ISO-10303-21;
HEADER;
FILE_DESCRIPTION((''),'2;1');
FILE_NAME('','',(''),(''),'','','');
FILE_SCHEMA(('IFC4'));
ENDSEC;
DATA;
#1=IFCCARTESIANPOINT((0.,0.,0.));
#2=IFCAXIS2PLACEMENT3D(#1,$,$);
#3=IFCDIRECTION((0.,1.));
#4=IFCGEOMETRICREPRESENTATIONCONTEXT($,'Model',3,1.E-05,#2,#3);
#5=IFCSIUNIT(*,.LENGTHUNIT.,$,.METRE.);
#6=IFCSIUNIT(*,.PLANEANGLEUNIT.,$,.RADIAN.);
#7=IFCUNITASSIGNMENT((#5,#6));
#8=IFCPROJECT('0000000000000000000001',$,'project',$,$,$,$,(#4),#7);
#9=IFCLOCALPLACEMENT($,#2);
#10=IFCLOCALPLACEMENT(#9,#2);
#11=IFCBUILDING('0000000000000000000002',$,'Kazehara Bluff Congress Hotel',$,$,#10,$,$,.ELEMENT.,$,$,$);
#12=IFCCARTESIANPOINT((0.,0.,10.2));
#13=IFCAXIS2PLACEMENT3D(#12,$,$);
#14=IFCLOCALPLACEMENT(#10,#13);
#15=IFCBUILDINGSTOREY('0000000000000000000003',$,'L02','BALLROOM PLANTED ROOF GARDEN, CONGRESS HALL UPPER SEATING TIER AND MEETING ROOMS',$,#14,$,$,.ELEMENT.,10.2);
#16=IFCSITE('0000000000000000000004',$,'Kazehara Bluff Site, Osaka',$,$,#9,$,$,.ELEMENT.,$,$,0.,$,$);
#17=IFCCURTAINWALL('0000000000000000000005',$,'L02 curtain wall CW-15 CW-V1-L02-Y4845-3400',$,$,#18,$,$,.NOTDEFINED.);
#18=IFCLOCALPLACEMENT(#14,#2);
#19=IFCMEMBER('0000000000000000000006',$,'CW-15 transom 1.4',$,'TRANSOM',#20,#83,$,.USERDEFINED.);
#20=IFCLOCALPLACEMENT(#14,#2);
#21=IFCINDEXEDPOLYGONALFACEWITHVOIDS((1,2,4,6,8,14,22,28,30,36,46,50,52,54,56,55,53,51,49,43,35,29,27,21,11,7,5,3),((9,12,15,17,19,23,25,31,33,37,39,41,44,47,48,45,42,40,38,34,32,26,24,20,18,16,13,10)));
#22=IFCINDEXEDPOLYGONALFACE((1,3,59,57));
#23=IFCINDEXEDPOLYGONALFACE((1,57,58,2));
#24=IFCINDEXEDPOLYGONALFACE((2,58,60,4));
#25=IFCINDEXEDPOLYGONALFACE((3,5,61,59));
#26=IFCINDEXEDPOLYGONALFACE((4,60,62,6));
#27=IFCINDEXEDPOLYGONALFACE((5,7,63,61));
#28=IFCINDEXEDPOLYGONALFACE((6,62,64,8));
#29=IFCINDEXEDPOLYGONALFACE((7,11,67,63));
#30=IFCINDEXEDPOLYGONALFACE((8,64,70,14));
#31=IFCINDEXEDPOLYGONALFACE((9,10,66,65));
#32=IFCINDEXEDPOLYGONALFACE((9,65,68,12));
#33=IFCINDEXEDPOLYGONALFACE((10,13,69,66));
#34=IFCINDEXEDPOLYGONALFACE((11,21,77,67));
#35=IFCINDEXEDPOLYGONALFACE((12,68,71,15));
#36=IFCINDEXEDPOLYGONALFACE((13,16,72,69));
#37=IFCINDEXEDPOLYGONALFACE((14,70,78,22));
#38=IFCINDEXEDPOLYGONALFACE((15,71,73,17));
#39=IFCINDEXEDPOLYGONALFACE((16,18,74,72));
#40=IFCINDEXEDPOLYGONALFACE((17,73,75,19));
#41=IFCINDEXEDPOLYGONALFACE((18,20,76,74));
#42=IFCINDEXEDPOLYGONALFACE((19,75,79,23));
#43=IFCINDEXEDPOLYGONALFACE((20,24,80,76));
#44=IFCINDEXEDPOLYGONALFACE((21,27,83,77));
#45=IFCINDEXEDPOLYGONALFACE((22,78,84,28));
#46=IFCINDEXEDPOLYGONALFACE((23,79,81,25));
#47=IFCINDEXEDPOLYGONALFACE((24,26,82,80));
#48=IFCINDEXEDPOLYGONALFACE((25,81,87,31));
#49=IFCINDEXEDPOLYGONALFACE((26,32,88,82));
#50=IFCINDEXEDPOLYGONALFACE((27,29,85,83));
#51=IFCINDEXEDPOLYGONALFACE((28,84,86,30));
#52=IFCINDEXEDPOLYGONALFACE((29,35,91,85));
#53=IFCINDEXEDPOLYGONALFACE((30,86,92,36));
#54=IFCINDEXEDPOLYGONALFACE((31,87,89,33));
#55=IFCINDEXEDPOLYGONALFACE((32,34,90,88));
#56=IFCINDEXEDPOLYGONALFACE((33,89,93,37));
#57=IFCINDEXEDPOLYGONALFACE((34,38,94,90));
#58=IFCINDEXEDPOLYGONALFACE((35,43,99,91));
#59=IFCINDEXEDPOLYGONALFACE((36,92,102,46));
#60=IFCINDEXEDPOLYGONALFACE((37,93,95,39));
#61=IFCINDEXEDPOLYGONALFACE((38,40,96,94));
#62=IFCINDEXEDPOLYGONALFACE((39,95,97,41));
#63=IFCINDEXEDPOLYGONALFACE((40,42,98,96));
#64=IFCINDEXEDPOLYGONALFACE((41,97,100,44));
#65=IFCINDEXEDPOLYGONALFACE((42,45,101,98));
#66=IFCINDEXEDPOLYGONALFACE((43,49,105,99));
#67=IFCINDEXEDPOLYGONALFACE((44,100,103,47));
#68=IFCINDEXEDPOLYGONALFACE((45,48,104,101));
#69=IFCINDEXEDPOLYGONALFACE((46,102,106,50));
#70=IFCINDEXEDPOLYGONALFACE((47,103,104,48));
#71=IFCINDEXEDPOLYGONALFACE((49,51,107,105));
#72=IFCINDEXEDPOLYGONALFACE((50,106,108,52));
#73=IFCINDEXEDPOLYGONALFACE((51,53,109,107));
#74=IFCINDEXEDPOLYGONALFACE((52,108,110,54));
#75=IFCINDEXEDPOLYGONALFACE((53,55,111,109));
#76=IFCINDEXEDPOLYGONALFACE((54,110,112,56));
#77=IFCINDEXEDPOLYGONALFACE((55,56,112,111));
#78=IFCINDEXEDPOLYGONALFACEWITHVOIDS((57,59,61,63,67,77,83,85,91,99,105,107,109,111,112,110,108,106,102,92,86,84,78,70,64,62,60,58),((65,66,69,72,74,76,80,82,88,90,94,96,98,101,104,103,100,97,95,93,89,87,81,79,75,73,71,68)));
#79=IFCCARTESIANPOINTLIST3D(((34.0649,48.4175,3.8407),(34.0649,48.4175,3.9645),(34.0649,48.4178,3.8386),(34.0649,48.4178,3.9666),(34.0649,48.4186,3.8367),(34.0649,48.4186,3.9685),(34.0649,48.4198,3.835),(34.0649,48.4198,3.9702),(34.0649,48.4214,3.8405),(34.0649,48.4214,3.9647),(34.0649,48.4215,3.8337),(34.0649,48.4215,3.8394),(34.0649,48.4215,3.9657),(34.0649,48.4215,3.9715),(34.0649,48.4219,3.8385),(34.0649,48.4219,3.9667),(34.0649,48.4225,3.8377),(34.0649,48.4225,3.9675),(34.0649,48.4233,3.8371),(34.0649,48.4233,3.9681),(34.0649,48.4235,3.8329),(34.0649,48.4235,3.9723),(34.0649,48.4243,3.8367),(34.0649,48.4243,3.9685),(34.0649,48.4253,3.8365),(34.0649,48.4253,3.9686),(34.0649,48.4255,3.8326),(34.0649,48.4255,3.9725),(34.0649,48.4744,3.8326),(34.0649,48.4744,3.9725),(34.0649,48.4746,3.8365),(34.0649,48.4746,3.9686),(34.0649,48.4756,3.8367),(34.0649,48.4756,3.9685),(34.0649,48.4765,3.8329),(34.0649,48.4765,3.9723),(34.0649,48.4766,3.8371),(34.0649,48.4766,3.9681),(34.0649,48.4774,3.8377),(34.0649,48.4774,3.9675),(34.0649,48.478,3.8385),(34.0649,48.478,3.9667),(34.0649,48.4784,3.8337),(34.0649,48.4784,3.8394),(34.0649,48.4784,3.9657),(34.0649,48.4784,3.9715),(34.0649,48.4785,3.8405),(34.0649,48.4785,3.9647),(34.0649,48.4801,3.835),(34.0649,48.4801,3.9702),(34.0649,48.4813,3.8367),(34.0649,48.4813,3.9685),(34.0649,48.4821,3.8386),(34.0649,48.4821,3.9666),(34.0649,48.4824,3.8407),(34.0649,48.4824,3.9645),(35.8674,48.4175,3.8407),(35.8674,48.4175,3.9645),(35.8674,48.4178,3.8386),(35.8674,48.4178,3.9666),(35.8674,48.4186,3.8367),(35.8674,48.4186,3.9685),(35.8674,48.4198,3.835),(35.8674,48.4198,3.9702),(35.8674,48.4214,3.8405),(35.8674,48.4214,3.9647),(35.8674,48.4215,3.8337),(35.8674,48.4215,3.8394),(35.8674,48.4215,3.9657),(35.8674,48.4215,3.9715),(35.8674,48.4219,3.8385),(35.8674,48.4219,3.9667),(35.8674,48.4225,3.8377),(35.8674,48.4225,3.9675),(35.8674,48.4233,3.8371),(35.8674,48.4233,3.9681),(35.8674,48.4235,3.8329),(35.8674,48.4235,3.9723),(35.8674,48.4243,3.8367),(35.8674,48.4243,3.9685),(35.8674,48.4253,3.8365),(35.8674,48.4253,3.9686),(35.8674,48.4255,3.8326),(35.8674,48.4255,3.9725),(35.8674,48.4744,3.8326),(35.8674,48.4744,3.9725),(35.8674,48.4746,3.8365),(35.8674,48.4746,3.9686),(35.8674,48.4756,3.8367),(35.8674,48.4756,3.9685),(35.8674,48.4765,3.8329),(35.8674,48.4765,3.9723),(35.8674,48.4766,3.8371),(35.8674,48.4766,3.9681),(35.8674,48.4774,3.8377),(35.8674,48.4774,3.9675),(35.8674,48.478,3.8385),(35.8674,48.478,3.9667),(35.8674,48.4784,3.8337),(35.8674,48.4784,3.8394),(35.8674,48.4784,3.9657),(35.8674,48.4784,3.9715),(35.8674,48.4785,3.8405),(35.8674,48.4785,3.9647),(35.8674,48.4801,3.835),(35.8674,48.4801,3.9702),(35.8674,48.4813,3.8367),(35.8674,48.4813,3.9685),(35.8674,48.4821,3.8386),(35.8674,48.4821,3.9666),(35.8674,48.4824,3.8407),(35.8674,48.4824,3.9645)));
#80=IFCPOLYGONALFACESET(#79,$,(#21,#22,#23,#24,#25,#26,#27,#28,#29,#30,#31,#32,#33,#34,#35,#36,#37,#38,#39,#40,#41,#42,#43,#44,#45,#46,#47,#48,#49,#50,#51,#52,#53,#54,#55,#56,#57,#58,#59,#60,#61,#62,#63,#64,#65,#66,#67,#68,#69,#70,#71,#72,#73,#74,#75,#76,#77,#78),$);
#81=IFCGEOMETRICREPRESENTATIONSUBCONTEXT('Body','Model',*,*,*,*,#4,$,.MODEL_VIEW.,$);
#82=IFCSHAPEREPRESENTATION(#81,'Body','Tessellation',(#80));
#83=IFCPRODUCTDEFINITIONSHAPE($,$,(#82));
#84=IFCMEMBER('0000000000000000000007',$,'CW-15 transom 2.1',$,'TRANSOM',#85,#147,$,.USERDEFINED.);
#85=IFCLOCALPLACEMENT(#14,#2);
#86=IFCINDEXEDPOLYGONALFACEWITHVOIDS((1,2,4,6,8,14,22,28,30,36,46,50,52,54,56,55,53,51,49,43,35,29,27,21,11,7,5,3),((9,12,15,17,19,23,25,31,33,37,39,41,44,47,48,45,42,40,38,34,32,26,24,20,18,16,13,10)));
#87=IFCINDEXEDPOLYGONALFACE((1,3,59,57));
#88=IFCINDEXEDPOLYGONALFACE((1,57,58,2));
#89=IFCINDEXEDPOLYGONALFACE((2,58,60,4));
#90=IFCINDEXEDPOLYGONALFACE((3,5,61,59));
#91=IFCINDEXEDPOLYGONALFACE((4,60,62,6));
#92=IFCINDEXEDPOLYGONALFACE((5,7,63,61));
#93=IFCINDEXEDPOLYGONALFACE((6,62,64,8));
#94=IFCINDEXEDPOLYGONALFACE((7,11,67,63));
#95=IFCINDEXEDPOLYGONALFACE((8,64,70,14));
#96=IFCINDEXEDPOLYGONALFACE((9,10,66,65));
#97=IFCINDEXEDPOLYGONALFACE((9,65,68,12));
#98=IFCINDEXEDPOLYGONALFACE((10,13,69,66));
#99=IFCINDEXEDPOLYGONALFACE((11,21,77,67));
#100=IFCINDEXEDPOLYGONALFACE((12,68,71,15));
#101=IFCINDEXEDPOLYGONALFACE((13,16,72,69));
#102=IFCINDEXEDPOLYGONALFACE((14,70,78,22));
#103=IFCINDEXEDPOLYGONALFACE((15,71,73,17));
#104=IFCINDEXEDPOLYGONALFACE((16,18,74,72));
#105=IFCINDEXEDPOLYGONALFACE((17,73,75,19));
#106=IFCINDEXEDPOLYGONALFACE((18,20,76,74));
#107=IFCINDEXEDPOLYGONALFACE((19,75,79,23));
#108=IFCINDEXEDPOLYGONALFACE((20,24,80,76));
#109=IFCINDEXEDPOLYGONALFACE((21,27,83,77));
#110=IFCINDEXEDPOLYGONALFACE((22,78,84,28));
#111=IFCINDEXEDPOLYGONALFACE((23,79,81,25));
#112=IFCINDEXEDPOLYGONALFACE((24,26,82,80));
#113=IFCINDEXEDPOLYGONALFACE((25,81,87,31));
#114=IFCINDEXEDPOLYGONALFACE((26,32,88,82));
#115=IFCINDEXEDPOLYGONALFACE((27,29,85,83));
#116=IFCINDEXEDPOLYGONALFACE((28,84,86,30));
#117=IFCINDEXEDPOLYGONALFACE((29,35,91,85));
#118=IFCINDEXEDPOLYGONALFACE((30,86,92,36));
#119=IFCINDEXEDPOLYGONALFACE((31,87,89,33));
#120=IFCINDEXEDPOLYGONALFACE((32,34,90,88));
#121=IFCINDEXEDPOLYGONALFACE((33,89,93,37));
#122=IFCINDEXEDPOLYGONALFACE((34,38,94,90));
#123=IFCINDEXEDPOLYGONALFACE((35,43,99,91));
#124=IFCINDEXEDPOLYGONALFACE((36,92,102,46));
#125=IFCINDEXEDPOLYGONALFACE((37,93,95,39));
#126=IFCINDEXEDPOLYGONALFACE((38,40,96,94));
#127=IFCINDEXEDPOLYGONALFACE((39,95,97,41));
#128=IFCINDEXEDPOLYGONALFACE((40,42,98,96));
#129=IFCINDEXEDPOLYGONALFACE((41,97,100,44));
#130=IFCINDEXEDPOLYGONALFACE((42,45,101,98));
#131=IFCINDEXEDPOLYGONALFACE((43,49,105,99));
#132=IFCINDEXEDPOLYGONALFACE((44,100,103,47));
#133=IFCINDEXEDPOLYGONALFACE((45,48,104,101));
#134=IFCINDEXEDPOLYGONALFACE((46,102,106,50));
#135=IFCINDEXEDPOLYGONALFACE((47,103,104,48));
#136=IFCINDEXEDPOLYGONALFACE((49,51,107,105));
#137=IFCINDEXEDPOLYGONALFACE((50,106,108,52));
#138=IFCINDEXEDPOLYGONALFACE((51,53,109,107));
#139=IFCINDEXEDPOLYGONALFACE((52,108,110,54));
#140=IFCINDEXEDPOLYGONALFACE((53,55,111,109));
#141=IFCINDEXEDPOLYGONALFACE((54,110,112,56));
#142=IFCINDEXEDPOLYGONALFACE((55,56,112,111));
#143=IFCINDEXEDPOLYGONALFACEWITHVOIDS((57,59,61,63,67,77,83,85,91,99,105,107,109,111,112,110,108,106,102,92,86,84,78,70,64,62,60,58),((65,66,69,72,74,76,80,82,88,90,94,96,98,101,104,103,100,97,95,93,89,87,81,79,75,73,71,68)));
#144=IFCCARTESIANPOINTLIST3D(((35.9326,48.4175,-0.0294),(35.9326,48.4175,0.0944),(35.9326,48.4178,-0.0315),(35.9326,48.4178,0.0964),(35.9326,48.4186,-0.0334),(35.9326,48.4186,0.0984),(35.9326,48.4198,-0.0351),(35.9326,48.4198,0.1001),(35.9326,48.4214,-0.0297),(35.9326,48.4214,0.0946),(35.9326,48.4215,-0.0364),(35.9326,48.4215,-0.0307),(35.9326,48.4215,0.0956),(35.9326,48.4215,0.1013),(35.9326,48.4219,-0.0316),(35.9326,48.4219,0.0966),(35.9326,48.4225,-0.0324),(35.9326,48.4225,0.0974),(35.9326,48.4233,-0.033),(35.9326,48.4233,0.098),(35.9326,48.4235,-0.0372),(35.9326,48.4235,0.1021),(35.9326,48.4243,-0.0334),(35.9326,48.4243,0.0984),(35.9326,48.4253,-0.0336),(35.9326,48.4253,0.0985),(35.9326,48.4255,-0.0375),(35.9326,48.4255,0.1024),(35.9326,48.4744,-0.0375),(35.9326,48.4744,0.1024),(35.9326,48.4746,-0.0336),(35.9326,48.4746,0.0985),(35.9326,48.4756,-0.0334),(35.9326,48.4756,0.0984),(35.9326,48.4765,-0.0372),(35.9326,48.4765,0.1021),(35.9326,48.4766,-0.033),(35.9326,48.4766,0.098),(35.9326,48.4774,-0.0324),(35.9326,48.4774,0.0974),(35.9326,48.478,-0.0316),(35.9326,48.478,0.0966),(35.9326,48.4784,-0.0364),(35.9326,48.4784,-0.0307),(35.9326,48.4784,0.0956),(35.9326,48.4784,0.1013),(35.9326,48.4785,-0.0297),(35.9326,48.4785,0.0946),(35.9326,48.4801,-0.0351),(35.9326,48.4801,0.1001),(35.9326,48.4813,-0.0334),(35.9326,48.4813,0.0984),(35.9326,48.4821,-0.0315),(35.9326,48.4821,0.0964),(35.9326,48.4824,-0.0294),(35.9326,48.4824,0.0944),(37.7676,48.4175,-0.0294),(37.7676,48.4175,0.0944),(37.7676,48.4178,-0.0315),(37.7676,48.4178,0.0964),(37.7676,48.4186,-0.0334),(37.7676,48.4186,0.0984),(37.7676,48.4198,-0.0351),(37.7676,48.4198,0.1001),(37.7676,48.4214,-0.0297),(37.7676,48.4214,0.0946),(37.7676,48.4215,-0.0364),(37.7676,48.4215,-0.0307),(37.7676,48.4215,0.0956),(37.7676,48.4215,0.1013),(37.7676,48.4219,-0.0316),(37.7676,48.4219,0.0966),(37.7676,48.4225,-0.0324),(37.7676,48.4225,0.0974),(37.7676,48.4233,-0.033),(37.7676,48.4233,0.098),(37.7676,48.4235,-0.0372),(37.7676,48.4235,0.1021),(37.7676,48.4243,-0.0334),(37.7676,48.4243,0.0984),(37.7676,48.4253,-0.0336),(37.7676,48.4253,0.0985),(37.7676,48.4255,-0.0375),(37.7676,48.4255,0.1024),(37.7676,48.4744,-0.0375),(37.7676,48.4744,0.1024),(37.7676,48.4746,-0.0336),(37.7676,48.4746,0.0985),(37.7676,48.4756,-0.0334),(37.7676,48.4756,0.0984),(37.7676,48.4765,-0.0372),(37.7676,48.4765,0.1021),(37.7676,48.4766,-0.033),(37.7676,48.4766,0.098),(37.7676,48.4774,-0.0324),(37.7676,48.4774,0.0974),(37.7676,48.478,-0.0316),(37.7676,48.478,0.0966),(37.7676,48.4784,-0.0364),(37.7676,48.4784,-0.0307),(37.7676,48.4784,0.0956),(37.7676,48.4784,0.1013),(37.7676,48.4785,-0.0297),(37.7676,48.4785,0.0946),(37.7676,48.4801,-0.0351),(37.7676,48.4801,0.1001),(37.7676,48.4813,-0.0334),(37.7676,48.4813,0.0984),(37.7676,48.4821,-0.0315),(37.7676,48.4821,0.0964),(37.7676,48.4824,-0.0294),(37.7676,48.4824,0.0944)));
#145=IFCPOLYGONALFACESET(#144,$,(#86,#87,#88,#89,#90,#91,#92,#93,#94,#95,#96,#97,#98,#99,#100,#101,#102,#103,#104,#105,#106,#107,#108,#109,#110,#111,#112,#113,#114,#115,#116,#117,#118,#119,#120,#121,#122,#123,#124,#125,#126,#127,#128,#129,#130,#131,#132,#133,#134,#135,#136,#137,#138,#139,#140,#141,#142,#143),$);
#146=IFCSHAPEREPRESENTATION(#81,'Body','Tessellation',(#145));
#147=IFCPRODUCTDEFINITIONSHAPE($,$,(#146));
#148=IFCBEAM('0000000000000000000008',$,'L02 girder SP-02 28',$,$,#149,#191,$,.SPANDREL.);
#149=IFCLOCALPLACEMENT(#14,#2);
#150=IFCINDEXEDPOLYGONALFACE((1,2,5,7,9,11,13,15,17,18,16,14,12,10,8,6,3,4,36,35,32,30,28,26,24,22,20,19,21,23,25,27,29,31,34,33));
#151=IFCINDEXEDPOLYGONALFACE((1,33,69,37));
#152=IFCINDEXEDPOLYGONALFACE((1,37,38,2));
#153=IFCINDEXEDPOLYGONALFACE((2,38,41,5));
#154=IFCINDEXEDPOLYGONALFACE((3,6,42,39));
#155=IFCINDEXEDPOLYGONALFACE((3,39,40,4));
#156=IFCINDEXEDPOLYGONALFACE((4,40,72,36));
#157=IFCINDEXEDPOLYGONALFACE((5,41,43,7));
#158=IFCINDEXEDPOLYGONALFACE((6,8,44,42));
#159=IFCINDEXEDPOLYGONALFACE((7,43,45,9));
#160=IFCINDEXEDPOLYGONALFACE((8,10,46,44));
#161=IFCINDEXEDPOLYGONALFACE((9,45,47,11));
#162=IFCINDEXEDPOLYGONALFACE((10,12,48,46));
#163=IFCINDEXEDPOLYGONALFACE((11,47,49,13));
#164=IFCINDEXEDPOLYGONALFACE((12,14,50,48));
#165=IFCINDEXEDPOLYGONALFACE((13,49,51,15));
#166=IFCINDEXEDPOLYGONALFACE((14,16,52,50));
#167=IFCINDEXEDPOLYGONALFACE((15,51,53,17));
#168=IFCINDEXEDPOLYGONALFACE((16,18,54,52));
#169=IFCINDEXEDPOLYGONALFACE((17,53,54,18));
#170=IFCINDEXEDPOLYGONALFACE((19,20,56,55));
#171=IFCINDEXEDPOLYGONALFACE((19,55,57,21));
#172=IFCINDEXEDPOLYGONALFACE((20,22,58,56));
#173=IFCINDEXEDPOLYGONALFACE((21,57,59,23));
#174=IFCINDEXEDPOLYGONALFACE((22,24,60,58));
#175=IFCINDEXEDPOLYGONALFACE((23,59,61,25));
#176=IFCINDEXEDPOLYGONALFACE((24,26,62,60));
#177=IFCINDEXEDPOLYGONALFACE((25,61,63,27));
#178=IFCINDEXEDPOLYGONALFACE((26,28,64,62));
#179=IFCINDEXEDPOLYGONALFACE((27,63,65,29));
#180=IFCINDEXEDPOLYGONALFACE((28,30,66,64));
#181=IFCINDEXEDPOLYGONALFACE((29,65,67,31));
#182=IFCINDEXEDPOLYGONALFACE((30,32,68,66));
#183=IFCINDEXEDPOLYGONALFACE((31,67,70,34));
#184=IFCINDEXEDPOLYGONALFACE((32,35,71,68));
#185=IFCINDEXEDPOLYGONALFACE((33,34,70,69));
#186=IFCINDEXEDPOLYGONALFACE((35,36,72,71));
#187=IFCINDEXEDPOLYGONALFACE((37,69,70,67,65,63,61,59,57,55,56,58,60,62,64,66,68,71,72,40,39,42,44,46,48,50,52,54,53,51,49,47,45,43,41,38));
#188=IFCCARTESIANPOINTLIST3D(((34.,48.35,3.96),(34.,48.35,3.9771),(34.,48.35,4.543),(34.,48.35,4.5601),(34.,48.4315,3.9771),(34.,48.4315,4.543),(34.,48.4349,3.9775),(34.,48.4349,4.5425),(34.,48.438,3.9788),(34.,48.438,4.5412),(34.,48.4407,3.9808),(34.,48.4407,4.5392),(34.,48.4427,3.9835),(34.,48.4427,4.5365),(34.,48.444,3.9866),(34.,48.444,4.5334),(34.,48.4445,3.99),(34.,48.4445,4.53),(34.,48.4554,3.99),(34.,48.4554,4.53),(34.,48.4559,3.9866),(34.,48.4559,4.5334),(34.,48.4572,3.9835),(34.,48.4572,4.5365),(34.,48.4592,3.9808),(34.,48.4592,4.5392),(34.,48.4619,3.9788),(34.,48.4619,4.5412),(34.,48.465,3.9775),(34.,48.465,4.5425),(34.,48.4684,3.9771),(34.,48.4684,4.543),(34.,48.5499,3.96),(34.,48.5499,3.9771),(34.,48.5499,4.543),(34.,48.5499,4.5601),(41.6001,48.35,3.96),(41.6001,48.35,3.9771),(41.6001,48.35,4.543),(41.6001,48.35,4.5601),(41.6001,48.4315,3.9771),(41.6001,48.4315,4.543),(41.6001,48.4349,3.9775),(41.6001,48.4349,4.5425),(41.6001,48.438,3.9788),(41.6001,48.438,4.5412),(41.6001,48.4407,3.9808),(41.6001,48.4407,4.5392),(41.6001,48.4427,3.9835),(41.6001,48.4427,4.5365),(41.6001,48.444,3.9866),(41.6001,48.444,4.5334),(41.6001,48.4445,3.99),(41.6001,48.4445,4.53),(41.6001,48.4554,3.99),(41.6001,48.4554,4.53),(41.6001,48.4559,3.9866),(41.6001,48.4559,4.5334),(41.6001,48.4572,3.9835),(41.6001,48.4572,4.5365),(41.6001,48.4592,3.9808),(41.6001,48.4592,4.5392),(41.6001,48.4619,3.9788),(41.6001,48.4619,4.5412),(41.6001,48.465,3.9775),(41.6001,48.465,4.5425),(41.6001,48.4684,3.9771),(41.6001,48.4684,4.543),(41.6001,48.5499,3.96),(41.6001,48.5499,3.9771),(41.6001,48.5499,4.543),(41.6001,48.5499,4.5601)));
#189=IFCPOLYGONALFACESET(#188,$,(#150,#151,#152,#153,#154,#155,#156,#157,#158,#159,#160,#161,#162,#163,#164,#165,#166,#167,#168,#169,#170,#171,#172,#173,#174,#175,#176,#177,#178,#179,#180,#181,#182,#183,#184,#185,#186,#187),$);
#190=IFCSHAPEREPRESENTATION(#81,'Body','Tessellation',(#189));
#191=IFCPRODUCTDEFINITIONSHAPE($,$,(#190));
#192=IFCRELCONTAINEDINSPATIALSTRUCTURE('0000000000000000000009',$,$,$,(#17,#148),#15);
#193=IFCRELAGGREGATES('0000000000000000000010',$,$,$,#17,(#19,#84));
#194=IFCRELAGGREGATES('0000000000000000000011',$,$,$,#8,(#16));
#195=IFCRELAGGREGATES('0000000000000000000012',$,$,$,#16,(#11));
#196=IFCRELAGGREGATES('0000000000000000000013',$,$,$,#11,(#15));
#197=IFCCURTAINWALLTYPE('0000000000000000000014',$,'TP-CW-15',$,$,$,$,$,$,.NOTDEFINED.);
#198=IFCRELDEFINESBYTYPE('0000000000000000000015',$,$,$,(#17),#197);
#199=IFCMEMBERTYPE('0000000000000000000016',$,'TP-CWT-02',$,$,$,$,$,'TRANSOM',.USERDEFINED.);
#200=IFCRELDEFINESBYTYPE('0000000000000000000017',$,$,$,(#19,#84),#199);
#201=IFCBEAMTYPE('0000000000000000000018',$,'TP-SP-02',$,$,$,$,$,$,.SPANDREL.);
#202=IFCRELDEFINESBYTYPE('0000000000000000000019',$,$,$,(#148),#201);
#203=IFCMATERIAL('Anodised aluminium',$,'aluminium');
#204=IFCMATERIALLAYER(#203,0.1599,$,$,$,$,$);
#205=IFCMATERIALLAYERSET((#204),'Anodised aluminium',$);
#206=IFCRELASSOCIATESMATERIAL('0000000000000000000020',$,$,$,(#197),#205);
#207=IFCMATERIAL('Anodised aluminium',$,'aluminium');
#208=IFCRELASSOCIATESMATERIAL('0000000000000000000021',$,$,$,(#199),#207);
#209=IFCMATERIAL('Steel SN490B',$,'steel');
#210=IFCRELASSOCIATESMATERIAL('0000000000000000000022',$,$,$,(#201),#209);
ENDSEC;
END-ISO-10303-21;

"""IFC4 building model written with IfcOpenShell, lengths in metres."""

from ifc_helpers import new_model, si_unit, direction, frame, origin, origin_2d, place, context, subcontext, project, spatial, hollow_rectangle, i_section, extrude, material, layer, layer_set, material_profile, profile_set, type_object, element, aggregate, save


model = new_model("IFC4")

# Units and contexts
model_context = context("Model", 3, precision=1e-05, world=origin(), true_north=direction((0.0, 1.0)))
body_context = subcontext(model_context, "Body", "Model", "MODEL_VIEW")
ifc_project = project(units=[si_unit("LENGTHUNIT", "METRE"), si_unit("PLANEANGLEUNIT", "RADIAN")], contexts=[model_context])

# Site, building, storey
site_placement = place(None, origin())
site = spatial("IfcSite", under=ifc_project, at=site_placement, Name="Kazehara Bluff Site, Osaka", CompositionType="ELEMENT", RefElevation=0.0)
building_placement = place(site_placement, origin())
building = spatial("IfcBuilding", under=site, at=building_placement, Name="Kazehara Bluff Congress Hotel", CompositionType="ELEMENT")
storey_placement = place(building_placement, frame((0.0, 0.0, 10.2)))
storey = spatial("IfcBuildingStorey", under=building, at=storey_placement, Name="L02", Description="BALLROOM PLANTED ROOF GARDEN, CONGRESS HALL UPPER SEATING TIER AND MEETING ROOMS", CompositionType="ELEMENT", Elevation=10.2)

# Curtain wall
ifc_material_1 = material(Name="Anodised aluminium", Category="aluminium")
ifc_layer_1 = layer(ifc_material_1, 0.1599)
ifc_layer_set_1 = layer_set([ifc_layer_1], Name="Anodised aluminium")
curtain_wall_type = type_object("IfcCurtainWallType", Name="TP-CW-15", PredefinedType="NOTDEFINED", material=ifc_layer_set_1)
curtain_wall_1_placement = place(storey_placement, origin())
curtain_wall_1 = element("IfcCurtainWall", 1, at=curtain_wall_1_placement, inside=storey, type_object=curtain_wall_type, Name="L02 curtain wall CW-15 CW-V1-L02-Y4845-3400", PredefinedType="NOTDEFINED")

# Members
ifc_material_2 = material(Name="Anodised aluminium", Category="aluminium")
ifc_material_profile_1 = material_profile(ifc_material_2, hollow_rectangle(XDim=0.0649, YDim=0.1399, WallThickness=0.0039, InnerFilletRadius=0.0039, OuterFilletRadius=0.0081, at=origin_2d()))
ifc_profile_set_1 = profile_set([ifc_material_profile_1], Name="Anodised aluminium")
member_type_1 = type_object("IfcMemberType", Name="TP-CWT-02", ElementType="TRANSOM", PredefinedType="USERDEFINED", material=ifc_profile_set_1)
member_1_placement = place(storey_placement, frame((34.0649, 48.45, 3.9026), z_axis=(1.0, 0.0, 0.0), x_axis=(0.0, 1.0, 0.0)))
member_1 = element("IfcMember", 2, at=member_1_placement, type_object=member_type_1, Name="CW-15 transom 1.4", ObjectType="TRANSOM", PredefinedType="USERDEFINED", context=body_context, shape_type="SweptSolid", body=[
    extrude(hollow_rectangle(XDim=0.0649, YDim=0.1399, WallThickness=0.0039, InnerFilletRadius=0.0039, OuterFilletRadius=0.0081, at=origin_2d()), origin(), (0.0, 0.0, 1.0), 1.8025),
])
member_2_placement = place(storey_placement, frame((35.9326, 48.45, 0.0325), z_axis=(1.0, 0.0, 0.0), x_axis=(0.0, 1.0, 0.0)))
member_2 = element("IfcMember", 3, at=member_2_placement, type_object=member_type_1, Name="CW-15 transom 2.1", ObjectType="TRANSOM", PredefinedType="USERDEFINED", context=body_context, shape_type="SweptSolid", body=[
    extrude(hollow_rectangle(XDim=0.0649, YDim=0.1399, WallThickness=0.0039, InnerFilletRadius=0.0039, OuterFilletRadius=0.0081, at=origin_2d()), origin(), (0.0, 0.0, 1.0), 1.835),
])

# Beam
ifc_material_3 = material(Name="Steel SN490B", Category="steel")
ifc_material_profile_2 = material_profile(ifc_material_3, i_section(OverallWidth=0.2, OverallDepth=0.6001, WebThickness=0.011, FlangeThickness=0.0171, FilletRadius=0.0129, at=origin_2d()))
ifc_profile_set_2 = profile_set([ifc_material_profile_2], Name="Steel SN490B")
beam_type = type_object("IfcBeamType", Name="TP-SP-02", PredefinedType="SPANDREL", material=ifc_profile_set_2)
beam_placement = place(storey_placement, frame((34.0, 48.45, 4.26), z_axis=(1.0, 0.0, 0.0), x_axis=(0.0, 1.0, 0.0)))
element("IfcBeam", 4, at=beam_placement, inside=storey, type_object=beam_type, Name="L02 girder SP-02 28", PredefinedType="SPANDREL", context=body_context, shape_type="SweptSolid", body=[
    extrude(i_section(OverallWidth=0.2, OverallDepth=0.6001, WebThickness=0.011, FlangeThickness=0.0171, FilletRadius=0.0129, at=origin_2d()), origin(), (0.0, 0.0, 1.0), 7.6001),
])

aggregate(curtain_wall_1, [member_1, member_2])

save(model, "model.ifc")
